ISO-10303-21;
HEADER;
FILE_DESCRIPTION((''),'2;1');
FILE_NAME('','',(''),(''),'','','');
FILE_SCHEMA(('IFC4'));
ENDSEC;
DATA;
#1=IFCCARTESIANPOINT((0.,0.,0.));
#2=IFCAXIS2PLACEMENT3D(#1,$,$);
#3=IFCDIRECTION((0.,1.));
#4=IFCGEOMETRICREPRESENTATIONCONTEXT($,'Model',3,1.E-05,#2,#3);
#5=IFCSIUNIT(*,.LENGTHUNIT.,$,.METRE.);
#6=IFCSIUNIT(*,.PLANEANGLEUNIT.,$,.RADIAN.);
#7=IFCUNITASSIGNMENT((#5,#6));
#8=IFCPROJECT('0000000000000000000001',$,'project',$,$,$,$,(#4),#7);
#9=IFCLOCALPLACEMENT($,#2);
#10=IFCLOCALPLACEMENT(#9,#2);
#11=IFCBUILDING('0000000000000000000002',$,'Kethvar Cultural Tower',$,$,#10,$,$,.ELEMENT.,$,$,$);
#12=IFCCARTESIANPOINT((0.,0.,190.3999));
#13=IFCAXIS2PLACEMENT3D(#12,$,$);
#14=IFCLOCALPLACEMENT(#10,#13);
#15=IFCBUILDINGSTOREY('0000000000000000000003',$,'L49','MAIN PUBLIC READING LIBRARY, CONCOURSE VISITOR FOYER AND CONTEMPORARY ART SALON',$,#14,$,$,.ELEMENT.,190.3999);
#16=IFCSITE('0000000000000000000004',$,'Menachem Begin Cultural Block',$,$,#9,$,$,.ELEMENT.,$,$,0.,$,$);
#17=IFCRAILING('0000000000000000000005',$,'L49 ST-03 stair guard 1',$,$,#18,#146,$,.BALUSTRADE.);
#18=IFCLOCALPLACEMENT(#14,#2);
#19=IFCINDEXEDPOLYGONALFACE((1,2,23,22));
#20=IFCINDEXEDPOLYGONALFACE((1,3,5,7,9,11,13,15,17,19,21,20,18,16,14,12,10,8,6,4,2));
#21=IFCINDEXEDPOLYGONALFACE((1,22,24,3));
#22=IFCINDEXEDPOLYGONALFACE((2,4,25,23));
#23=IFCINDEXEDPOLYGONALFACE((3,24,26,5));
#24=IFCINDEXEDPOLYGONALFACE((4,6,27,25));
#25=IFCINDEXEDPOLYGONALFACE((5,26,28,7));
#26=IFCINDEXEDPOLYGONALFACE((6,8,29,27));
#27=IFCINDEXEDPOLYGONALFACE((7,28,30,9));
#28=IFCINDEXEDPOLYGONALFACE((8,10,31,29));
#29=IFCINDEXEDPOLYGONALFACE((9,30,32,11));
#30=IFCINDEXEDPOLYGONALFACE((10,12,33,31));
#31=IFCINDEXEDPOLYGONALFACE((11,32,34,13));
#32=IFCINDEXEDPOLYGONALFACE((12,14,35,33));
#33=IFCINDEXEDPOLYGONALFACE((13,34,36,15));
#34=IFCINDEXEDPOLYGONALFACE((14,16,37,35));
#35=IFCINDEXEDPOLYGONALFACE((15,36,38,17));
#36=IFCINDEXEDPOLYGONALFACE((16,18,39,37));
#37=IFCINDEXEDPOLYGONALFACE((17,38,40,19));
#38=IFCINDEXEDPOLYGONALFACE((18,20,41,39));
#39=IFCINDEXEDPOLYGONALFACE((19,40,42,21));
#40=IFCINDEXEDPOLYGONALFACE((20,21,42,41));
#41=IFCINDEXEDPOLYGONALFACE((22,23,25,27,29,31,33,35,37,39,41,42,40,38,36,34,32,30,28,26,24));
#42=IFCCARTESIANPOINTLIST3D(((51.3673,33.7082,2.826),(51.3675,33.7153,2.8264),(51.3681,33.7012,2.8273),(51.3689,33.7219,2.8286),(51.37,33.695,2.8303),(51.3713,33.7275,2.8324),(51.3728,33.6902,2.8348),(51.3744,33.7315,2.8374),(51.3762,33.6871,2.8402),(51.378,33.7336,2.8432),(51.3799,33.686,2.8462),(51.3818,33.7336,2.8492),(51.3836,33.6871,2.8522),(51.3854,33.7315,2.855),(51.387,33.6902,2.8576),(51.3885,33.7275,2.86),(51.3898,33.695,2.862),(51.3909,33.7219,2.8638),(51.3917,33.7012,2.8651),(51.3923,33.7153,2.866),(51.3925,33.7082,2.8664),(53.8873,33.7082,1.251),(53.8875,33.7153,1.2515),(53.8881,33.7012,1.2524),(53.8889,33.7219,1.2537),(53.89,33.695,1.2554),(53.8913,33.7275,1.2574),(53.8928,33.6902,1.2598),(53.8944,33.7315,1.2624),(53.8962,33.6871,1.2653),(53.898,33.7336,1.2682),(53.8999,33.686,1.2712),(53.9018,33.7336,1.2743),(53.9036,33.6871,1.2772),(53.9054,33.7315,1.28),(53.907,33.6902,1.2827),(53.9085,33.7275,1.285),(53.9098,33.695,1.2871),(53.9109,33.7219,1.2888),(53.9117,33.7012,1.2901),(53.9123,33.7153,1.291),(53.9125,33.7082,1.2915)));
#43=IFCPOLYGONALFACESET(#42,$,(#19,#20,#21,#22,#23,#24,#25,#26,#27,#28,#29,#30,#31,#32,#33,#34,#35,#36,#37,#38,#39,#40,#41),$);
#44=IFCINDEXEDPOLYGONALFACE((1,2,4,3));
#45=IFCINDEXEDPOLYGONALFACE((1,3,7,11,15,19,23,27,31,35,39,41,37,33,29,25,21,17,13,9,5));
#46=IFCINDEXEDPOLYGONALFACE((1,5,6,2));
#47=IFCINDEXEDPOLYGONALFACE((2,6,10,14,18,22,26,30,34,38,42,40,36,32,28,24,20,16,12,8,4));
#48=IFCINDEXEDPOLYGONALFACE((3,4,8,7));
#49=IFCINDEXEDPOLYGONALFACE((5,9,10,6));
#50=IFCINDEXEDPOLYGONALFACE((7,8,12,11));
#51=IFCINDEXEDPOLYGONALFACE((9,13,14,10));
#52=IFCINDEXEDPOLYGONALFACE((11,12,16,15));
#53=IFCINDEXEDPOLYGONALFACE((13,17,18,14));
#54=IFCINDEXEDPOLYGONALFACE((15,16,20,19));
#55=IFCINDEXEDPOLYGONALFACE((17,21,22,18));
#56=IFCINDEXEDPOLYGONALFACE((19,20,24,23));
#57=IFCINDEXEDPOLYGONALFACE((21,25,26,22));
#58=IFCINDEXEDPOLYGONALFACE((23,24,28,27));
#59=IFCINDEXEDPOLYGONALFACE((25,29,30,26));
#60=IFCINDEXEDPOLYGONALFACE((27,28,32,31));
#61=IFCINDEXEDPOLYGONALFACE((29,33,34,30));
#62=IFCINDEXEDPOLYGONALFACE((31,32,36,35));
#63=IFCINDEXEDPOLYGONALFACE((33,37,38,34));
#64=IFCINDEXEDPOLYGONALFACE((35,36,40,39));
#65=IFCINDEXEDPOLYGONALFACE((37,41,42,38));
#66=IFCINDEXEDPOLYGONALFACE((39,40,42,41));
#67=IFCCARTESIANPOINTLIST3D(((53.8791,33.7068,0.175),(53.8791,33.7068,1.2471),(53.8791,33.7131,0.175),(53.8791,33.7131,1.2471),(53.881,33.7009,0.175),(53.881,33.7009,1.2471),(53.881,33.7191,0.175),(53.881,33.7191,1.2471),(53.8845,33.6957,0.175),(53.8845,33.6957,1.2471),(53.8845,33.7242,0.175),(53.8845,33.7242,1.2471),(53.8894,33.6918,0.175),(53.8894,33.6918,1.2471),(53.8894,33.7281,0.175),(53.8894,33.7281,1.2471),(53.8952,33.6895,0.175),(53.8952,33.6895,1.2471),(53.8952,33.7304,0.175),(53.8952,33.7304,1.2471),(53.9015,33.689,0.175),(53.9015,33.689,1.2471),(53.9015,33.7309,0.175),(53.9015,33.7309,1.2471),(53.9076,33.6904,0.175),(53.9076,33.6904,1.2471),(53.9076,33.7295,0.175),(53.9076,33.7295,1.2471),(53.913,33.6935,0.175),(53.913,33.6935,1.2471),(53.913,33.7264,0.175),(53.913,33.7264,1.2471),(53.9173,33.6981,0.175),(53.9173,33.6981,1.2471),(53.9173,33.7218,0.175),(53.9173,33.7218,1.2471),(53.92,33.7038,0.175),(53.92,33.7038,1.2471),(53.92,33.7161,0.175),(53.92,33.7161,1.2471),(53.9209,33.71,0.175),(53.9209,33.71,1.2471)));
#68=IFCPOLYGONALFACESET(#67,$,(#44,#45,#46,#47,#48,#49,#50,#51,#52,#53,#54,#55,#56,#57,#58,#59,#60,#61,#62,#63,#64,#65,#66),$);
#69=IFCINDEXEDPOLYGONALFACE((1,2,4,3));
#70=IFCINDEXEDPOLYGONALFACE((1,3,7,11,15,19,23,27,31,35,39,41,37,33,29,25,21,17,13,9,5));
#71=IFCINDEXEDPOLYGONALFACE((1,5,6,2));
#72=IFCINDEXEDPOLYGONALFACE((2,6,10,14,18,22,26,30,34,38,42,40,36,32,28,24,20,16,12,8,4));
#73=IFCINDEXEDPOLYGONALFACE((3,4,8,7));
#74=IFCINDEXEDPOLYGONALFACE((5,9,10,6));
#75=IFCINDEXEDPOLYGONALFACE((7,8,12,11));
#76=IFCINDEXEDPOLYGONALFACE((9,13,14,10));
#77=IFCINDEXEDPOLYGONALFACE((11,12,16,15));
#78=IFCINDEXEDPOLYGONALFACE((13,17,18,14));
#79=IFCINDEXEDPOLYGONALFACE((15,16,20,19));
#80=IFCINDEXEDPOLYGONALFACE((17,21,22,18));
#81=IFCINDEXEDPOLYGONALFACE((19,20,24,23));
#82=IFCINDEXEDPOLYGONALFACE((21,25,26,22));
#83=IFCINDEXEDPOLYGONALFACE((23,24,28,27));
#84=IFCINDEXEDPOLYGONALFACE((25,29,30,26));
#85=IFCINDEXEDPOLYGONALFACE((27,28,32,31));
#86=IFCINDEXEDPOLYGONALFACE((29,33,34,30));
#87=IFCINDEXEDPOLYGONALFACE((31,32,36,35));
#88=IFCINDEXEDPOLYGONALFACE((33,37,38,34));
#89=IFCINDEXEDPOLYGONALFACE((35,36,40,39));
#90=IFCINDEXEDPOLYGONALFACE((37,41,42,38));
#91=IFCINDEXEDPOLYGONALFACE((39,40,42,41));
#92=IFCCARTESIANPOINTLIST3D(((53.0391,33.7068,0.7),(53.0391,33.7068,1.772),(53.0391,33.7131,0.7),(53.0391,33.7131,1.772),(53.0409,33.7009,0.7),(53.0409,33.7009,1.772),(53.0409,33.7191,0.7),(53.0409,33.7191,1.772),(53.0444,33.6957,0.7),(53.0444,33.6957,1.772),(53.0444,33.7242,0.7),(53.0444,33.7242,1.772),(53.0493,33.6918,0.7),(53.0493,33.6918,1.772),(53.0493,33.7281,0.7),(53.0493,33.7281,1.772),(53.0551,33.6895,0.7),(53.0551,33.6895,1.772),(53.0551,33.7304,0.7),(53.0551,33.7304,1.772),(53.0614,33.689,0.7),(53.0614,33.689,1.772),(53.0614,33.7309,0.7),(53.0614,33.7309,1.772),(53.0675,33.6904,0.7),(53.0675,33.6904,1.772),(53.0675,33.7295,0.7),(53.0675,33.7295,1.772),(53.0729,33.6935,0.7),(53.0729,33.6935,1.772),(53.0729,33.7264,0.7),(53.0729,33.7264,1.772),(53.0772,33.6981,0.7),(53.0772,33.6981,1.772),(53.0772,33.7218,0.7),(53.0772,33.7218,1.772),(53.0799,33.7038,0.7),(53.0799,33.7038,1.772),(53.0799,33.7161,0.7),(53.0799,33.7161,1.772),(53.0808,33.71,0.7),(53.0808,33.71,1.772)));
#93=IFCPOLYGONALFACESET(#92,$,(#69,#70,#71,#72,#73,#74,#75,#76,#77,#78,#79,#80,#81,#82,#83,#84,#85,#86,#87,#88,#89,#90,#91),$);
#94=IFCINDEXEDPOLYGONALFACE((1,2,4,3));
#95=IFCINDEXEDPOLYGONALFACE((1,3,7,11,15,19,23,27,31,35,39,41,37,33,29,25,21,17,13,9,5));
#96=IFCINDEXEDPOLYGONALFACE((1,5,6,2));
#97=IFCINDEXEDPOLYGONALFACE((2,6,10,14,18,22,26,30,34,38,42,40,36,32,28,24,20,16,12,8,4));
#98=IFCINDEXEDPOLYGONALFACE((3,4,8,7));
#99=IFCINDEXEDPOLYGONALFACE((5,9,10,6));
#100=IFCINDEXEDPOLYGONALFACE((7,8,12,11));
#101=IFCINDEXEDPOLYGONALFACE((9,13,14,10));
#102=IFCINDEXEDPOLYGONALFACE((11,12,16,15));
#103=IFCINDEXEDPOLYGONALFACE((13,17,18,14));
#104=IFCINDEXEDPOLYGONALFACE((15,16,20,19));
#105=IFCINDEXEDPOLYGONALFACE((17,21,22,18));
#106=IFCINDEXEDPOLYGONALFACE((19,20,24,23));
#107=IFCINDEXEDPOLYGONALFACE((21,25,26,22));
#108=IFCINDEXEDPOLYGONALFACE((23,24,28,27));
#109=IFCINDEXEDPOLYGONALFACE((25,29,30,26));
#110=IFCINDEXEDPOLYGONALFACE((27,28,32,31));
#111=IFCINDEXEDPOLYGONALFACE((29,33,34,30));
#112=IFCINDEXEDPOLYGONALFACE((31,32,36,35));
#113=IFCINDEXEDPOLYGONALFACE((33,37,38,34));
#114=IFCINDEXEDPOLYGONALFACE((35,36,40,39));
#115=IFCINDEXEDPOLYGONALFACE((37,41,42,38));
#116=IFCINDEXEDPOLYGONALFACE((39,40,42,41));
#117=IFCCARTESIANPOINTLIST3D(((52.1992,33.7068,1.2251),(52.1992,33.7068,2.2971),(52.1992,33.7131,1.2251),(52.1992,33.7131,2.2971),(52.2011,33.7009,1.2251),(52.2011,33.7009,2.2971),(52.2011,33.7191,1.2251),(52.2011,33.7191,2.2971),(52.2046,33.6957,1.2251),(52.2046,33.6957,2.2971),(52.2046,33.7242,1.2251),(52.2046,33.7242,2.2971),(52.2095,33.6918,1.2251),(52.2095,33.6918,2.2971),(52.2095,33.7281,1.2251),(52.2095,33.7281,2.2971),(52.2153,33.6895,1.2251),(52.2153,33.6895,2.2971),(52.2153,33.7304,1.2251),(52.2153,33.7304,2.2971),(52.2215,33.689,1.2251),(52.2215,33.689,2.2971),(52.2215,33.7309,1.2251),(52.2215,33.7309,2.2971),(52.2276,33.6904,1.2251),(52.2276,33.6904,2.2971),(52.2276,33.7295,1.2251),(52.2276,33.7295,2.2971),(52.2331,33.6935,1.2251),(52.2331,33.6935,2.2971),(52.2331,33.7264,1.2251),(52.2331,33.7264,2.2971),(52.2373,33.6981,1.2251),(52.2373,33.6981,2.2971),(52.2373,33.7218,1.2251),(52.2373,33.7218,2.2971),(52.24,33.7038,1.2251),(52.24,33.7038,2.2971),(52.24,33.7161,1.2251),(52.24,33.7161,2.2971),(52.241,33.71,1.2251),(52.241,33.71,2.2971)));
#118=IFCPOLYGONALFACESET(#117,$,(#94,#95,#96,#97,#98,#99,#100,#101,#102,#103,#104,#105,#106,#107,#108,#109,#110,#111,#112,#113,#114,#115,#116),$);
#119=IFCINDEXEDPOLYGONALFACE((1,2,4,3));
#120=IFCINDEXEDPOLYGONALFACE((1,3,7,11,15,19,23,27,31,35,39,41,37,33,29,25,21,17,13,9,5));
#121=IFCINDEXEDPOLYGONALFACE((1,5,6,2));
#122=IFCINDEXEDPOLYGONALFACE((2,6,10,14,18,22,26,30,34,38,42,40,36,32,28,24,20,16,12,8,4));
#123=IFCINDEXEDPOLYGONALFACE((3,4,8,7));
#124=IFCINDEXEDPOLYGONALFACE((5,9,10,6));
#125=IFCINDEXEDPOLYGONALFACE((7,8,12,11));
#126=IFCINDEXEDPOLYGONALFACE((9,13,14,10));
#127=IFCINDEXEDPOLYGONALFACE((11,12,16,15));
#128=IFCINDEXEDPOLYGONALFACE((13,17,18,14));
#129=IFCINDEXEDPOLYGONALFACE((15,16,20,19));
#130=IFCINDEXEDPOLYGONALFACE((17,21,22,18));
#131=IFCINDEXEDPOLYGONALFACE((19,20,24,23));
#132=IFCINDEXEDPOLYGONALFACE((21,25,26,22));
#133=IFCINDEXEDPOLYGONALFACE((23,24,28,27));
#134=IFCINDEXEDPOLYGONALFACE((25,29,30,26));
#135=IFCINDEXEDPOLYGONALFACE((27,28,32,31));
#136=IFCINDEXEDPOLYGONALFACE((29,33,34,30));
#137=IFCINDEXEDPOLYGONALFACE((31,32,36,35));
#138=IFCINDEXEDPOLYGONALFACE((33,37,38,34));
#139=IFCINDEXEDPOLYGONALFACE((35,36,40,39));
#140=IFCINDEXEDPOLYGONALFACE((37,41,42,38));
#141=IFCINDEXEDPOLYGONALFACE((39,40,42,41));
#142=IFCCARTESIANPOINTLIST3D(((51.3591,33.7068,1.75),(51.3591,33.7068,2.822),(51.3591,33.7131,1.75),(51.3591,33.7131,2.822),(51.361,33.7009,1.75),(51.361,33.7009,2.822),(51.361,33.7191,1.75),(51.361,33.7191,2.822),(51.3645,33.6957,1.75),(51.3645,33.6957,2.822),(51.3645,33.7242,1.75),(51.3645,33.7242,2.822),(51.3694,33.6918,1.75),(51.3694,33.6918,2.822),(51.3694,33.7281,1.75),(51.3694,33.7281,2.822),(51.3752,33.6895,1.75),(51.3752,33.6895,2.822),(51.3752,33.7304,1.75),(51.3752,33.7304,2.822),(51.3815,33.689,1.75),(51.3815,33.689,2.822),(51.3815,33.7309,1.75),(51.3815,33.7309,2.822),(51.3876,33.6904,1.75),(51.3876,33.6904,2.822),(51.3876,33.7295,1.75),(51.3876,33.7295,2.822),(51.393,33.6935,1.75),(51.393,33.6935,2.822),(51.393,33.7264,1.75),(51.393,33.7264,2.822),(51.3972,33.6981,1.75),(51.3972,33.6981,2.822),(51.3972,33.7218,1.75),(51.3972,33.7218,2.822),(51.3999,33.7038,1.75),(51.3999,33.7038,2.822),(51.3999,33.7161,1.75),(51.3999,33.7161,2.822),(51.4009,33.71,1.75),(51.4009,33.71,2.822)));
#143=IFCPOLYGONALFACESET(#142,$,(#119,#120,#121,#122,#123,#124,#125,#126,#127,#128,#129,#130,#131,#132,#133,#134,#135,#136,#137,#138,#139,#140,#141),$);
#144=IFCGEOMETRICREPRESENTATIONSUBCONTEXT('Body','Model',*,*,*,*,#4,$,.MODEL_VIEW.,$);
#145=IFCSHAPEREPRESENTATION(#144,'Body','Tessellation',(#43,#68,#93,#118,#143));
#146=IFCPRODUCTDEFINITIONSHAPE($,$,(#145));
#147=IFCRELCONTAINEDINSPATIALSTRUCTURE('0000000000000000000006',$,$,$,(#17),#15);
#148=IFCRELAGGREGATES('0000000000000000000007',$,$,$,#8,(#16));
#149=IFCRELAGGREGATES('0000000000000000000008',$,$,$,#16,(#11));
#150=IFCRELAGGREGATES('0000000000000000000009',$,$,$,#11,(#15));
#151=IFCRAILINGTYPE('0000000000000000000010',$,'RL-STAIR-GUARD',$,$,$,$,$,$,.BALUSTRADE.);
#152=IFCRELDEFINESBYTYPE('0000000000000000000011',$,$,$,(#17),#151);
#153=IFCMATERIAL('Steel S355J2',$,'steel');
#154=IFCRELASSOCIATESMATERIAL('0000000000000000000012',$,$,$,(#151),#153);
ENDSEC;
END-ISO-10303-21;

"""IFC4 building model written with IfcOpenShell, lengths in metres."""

from ifc_helpers import new_model, si_unit, direction, frame, origin, origin_2d, place, context, subcontext, project, spatial, circle, extrude, material, type_object, element, save


model = new_model("IFC4")

# Units and contexts
model_context = context("Model", 3, precision=1e-05, world=origin(), true_north=direction((0.0, 1.0)))
body_context = subcontext(model_context, "Body", "Model", "MODEL_VIEW")
ifc_project = project(units=[si_unit("LENGTHUNIT", "METRE"), si_unit("PLANEANGLEUNIT", "RADIAN")], contexts=[model_context])

# Site, building, storey
site_placement = place(None, origin())
site = spatial("IfcSite", under=ifc_project, at=site_placement, Name="Menachem Begin Cultural Block", CompositionType="ELEMENT", RefElevation=0.0)
building_placement = place(site_placement, origin())
building = spatial("IfcBuilding", under=site, at=building_placement, Name="Kethvar Cultural Tower", CompositionType="ELEMENT")
storey_placement = place(building_placement, frame((0.0, 0.0, 190.3999)))
storey = spatial("IfcBuildingStorey", under=building, at=storey_placement, Name="L49", Description="MAIN PUBLIC READING LIBRARY, CONCOURSE VISITOR FOYER AND CONTEMPORARY ART SALON", CompositionType="ELEMENT", Elevation=190.3999)

# Shared definitions
ifc_material_1 = material(Name="Steel S355J2", Category="steel")

# Railing
railing_type_1 = type_object("IfcRailingType", Name="RL-STAIR-GUARD", PredefinedType="BALUSTRADE", material=ifc_material_1)
railing_1_placement = place(storey_placement, frame((53.8999, 33.71, 0.175)))
element("IfcRailing", 1, at=railing_1_placement, inside=storey, type_object=railing_type_1, Name="L49 ST-03 stair guard 1", PredefinedType="BALUSTRADE", context=body_context, shape_type="SweptSolid", body=[
    extrude(circle(Radius=0.0239, at=origin_2d()), frame((0.0, 0.0, 1.0962), z_axis=(-0.848008, 0.0, 0.529984), x_axis=(0.0, -1.0, 0.0)), (0.0, 0.0, 1.0), 2.9717),
    extrude(circle(Radius=0.021, at=origin_2d()), origin(), (0.0, 0.0, 1.0), 1.072),
    extrude(circle(Radius=0.021, at=origin_2d()), frame((-0.8401, 0.0, 0.5249)), (0.0, 0.0, 1.0), 1.072),
    extrude(circle(Radius=0.021, at=origin_2d()), frame((-1.6799, 0.0, 1.05)), (0.0, 0.0, 1.0), 1.072),
    extrude(circle(Radius=0.021, at=origin_2d()), frame((-2.52, 0.0, 1.575)), (0.0, 0.0, 1.0), 1.072),
])

save(model, "model.ifc")
